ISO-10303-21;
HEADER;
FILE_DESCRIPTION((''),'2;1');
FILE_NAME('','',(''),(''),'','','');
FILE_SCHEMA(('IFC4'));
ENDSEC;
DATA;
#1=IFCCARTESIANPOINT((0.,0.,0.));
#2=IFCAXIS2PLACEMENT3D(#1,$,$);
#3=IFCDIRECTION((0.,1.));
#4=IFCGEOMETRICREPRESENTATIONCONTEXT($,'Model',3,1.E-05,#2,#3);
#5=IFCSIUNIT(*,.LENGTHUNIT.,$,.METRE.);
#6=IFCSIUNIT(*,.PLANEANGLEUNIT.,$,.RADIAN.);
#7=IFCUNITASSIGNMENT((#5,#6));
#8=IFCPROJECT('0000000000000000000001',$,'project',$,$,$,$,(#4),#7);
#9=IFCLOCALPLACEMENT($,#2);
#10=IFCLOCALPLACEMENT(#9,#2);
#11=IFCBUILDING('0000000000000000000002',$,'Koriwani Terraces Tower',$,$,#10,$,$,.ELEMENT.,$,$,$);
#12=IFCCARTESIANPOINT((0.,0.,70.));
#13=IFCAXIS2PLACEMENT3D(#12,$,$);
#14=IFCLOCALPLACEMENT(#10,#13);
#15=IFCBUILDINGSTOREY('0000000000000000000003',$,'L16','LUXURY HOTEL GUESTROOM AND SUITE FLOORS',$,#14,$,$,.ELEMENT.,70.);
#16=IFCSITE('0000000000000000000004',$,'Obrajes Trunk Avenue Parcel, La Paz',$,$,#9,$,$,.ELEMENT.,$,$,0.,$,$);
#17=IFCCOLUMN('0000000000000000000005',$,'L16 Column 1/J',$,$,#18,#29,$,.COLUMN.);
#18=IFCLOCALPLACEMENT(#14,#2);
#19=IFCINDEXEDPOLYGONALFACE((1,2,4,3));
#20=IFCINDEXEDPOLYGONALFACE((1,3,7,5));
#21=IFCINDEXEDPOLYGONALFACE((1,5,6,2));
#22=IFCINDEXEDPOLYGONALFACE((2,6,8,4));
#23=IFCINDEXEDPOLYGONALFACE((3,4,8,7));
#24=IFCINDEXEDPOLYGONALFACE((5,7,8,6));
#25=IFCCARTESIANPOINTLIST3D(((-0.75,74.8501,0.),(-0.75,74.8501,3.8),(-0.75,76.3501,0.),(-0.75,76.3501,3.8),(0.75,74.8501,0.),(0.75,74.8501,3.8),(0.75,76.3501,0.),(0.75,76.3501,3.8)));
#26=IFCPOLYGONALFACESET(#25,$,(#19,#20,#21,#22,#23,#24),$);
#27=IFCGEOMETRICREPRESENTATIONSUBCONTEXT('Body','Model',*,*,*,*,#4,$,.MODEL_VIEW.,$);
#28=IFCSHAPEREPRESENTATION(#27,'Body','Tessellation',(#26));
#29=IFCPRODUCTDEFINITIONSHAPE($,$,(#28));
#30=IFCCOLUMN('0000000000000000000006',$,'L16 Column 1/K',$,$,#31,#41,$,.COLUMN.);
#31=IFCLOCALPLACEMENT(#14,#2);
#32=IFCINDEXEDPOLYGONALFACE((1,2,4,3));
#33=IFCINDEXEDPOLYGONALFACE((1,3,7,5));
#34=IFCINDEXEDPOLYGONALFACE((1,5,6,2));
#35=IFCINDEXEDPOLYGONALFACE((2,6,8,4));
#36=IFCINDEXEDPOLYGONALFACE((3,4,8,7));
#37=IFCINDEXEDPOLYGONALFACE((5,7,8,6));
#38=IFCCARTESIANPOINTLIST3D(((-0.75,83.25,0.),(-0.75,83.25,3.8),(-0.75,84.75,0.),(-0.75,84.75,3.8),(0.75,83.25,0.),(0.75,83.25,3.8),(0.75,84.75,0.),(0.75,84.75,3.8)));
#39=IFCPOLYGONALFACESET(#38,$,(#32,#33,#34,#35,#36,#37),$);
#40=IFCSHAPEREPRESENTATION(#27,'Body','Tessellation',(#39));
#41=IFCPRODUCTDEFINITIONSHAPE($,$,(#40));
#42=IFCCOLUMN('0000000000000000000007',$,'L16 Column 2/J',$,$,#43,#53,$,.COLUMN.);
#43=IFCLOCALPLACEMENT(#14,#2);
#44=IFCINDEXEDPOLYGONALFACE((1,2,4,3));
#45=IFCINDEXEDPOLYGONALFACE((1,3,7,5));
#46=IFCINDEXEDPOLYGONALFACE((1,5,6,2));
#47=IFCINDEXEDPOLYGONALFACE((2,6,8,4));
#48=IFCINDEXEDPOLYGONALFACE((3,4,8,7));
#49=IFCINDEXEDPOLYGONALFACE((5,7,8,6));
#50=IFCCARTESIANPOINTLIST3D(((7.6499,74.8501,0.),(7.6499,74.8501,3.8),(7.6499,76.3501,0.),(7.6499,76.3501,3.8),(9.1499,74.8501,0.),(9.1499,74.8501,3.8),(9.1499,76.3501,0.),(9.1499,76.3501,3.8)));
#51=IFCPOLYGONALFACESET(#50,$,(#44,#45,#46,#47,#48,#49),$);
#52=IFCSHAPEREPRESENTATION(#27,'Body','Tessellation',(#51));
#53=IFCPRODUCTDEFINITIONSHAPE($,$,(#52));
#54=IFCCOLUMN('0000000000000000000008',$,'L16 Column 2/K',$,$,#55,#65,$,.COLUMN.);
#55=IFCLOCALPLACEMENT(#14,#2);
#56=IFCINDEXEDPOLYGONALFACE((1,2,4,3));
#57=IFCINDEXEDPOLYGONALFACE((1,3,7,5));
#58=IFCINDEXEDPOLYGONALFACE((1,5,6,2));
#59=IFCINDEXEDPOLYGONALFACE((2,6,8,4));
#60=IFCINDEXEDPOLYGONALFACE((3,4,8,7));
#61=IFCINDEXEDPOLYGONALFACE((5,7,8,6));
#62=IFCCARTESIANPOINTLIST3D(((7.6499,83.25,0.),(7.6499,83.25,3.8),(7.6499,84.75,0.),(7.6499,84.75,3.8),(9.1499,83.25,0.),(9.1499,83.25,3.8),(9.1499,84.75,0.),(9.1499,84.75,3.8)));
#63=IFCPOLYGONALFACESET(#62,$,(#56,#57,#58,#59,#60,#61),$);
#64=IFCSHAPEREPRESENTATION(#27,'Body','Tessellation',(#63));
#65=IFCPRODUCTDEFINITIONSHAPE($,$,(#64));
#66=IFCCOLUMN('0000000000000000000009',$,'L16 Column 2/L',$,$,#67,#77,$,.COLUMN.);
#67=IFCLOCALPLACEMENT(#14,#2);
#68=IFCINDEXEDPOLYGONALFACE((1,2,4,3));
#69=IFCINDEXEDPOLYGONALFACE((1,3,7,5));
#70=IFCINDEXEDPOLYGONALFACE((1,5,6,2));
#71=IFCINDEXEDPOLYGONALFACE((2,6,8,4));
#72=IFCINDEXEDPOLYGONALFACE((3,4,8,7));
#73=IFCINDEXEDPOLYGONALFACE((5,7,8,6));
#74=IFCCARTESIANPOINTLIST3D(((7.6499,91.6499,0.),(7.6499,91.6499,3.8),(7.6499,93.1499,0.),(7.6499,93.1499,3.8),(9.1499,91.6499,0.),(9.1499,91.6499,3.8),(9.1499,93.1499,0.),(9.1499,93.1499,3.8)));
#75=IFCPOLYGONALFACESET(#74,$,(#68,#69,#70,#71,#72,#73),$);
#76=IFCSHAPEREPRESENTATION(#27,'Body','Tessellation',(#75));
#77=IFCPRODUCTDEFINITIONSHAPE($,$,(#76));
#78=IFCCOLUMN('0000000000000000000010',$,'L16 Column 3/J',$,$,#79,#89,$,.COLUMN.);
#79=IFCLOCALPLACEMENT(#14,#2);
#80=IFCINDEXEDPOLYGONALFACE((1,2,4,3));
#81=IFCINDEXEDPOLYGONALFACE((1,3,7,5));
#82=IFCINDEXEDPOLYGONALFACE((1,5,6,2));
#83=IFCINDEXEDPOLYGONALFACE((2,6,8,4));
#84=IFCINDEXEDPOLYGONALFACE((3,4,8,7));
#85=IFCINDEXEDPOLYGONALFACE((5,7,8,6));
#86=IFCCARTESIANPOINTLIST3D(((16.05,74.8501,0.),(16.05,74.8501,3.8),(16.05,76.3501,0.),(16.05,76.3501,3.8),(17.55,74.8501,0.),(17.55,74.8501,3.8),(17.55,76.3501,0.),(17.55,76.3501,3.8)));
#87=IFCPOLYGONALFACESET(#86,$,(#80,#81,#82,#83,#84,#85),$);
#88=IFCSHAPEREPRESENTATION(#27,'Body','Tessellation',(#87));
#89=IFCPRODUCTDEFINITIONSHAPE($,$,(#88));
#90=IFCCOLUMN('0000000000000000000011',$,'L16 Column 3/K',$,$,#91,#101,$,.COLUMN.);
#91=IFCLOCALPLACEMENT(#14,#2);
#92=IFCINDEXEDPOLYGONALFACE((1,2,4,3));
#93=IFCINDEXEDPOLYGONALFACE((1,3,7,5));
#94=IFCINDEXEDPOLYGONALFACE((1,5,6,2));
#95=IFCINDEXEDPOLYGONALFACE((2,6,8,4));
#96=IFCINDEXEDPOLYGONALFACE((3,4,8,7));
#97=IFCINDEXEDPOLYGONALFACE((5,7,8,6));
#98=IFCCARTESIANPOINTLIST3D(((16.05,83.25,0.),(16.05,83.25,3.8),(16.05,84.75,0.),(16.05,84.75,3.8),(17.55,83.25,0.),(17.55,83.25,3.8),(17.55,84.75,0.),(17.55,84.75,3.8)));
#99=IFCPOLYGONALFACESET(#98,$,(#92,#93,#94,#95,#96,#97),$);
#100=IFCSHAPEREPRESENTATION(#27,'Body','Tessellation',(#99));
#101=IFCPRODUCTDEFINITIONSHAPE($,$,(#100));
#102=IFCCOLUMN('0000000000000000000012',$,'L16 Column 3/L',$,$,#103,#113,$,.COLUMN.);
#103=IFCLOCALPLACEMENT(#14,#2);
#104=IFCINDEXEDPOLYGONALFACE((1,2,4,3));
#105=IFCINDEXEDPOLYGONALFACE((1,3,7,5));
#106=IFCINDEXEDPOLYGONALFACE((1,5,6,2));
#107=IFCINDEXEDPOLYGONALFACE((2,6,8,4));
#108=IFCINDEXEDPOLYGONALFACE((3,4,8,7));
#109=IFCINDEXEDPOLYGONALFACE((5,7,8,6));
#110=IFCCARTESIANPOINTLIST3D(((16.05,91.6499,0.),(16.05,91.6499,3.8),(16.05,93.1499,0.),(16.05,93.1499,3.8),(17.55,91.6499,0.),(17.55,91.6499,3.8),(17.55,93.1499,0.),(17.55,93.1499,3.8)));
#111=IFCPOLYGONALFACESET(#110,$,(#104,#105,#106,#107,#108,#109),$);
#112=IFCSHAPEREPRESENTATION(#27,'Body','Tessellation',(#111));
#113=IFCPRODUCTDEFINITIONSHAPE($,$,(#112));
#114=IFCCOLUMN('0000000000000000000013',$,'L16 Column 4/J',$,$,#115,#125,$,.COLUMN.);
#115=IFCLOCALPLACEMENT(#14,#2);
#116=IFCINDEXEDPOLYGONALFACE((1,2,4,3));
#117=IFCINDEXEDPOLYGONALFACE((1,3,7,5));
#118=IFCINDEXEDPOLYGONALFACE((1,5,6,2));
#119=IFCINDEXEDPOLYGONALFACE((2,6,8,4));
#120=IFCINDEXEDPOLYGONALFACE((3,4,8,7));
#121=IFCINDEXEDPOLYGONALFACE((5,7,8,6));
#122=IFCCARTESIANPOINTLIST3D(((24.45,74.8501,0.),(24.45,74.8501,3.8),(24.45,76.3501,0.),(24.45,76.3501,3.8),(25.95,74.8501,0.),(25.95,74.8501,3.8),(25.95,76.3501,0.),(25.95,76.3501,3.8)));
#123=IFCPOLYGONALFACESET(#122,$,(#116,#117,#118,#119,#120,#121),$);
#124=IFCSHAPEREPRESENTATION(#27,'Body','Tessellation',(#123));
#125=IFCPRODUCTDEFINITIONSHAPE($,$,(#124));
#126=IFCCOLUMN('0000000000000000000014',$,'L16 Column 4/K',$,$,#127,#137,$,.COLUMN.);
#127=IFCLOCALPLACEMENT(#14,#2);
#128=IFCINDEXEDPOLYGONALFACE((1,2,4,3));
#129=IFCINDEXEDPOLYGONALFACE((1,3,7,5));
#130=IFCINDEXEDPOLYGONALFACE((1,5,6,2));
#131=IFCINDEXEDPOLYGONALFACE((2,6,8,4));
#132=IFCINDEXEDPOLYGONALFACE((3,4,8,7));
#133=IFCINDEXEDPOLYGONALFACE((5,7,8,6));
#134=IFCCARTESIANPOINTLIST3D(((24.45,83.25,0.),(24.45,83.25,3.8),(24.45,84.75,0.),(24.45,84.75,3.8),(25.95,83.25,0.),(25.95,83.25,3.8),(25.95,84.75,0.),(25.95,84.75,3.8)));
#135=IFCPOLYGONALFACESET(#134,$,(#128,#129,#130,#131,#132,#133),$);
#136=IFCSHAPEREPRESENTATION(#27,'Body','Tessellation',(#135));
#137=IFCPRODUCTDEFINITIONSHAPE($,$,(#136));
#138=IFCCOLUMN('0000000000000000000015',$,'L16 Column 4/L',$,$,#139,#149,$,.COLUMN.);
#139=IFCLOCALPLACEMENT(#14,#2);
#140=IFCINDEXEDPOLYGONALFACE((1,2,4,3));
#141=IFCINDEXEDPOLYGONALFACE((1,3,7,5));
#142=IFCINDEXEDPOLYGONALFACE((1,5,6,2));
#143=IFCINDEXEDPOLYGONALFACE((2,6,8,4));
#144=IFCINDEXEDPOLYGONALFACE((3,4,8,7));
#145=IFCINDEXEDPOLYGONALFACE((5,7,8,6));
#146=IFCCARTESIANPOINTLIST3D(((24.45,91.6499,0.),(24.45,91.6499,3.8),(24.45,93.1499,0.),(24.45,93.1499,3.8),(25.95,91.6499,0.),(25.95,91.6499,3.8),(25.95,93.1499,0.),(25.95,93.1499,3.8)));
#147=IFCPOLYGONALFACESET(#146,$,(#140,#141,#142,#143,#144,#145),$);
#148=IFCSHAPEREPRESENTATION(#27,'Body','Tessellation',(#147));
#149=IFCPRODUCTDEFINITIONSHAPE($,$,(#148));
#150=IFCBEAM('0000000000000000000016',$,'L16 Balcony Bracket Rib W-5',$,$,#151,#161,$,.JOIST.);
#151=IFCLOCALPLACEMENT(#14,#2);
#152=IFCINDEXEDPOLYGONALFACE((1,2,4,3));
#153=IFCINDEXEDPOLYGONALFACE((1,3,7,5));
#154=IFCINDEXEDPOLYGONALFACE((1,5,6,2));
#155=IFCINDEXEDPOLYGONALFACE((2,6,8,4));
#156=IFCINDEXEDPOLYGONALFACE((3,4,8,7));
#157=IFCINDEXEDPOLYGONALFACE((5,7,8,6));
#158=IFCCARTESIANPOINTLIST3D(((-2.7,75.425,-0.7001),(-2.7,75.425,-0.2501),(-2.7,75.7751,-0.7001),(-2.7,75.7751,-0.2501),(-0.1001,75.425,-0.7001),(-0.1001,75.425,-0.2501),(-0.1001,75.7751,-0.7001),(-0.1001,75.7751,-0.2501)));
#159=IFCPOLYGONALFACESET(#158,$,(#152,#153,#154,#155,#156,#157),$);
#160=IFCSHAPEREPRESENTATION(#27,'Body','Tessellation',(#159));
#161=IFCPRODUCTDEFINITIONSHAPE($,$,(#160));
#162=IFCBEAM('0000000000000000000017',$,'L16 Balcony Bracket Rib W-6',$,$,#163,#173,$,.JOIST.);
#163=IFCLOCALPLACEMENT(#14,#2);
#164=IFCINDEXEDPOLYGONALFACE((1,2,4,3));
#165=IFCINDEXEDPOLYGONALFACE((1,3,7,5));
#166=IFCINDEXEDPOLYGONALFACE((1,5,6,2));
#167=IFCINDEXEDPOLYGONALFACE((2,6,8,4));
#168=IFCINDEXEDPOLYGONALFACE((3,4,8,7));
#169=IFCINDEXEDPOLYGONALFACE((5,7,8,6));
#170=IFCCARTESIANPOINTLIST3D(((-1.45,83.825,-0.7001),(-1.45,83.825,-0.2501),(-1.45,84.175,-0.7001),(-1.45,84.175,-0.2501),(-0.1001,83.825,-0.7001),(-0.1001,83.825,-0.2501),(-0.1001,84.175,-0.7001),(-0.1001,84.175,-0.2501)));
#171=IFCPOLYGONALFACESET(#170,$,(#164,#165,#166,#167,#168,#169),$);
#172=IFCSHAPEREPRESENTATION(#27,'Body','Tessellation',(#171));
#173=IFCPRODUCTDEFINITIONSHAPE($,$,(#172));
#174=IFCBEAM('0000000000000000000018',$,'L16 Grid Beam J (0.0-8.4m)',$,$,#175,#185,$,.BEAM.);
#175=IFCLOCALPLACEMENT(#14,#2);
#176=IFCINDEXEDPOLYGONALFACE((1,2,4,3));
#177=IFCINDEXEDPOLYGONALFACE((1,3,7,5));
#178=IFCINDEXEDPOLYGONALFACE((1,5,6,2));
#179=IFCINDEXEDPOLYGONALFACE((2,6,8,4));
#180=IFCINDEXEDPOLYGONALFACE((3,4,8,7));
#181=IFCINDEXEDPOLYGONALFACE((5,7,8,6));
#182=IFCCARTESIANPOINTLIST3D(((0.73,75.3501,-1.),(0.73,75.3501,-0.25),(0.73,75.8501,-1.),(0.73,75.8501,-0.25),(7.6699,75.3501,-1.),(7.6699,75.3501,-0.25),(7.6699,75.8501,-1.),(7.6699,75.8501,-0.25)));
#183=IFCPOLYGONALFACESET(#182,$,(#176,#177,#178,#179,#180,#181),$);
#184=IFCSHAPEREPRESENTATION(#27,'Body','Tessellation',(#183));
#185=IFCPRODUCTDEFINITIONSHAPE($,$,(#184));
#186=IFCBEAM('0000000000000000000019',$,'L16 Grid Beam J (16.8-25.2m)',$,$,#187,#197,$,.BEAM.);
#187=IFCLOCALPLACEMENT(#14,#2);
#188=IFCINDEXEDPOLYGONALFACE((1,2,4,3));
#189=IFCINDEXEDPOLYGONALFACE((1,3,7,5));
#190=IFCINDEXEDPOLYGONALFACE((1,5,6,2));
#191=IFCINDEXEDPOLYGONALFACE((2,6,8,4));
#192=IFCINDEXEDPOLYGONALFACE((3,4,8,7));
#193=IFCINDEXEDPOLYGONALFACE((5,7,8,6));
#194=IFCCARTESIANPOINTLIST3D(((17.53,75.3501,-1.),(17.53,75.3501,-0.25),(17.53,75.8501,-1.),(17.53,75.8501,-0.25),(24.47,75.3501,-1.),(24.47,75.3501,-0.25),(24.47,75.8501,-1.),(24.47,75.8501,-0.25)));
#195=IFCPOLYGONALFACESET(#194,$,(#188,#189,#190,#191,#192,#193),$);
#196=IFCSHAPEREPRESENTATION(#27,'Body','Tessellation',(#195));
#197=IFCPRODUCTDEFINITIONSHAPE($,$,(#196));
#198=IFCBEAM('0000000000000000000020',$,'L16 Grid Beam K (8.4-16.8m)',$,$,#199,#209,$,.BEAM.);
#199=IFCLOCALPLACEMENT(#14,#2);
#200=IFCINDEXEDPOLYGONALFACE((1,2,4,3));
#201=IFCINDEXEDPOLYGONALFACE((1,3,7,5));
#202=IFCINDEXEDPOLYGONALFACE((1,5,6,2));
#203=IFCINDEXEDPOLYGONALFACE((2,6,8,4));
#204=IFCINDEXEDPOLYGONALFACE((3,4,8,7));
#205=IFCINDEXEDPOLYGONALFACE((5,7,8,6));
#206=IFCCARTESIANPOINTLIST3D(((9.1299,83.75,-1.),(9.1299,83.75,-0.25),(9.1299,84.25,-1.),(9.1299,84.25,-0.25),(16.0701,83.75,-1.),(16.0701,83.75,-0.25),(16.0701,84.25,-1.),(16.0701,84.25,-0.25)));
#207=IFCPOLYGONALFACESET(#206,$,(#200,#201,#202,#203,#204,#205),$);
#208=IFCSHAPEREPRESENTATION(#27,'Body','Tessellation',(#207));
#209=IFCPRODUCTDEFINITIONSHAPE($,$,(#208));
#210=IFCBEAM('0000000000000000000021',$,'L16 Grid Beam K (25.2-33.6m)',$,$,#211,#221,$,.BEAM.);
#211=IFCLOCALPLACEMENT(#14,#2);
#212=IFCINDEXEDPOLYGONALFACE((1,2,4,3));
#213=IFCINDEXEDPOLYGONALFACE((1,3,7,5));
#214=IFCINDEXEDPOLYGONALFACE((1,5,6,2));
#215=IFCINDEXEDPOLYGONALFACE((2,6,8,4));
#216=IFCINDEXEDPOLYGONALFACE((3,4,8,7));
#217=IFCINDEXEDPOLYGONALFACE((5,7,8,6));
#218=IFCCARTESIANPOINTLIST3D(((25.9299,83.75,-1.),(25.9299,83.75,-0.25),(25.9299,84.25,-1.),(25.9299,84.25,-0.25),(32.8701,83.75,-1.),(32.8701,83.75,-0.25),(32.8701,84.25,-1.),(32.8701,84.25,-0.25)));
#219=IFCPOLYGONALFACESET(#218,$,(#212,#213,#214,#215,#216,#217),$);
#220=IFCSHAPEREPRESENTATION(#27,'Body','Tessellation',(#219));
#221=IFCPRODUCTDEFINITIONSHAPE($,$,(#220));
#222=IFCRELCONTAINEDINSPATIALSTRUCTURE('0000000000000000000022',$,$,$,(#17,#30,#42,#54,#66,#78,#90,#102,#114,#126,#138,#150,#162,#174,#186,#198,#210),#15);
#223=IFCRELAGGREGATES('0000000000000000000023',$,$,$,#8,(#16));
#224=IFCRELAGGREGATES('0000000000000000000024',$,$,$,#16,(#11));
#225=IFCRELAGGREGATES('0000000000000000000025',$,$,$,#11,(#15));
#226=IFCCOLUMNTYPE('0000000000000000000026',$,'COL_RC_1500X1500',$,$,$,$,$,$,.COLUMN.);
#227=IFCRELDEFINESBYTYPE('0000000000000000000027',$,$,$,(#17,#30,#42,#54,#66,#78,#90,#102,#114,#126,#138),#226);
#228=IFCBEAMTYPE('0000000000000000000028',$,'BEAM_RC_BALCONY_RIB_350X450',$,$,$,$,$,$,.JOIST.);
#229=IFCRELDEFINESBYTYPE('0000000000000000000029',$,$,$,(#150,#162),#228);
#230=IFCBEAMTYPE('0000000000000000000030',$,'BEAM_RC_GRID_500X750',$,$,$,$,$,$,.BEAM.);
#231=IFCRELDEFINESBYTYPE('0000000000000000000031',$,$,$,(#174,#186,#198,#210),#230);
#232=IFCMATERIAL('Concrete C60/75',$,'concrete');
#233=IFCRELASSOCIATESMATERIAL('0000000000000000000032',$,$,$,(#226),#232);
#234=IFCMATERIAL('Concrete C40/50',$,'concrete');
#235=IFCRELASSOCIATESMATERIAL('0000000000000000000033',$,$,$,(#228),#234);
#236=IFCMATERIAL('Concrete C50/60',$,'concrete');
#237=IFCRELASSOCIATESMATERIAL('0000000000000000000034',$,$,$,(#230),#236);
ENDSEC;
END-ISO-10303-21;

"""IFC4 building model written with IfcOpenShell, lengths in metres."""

from ifc_helpers import new_model, si_unit, direction, frame, origin, origin_2d, place, context, subcontext, project, spatial, rectangle, extrude, material, material_profile, profile_set, type_object, element, save


model = new_model("IFC4")

# Units and contexts
model_context = context("Model", 3, precision=1e-05, world=origin(), true_north=direction((0.0, 1.0)))
body_context = subcontext(model_context, "Body", "Model", "MODEL_VIEW")
ifc_project = project(units=[si_unit("LENGTHUNIT", "METRE"), si_unit("PLANEANGLEUNIT", "RADIAN")], contexts=[model_context])

# Site, building, storey
site_placement = place(None, origin())
site = spatial("IfcSite", under=ifc_project, at=site_placement, Name="Obrajes Trunk Avenue Parcel, La Paz", CompositionType="ELEMENT", RefElevation=0.0)
building_placement = place(site_placement, origin())
building = spatial("IfcBuilding", under=site, at=building_placement, Name="Koriwani Terraces Tower", CompositionType="ELEMENT")
storey_placement = place(building_placement, frame((0.0, 0.0, 70.0)))
storey = spatial("IfcBuildingStorey", under=building, at=storey_placement, Name="L16", Description="LUXURY HOTEL GUESTROOM AND SUITE FLOORS", CompositionType="ELEMENT", Elevation=70.0)

# Columns
ifc_material_1 = material(Name="Concrete C60/75", Category="concrete")
ifc_material_profile_1 = material_profile(ifc_material_1, rectangle(XDim=1.5, YDim=1.5, at=origin_2d()), Name="Concrete C60/75", Category="LoadBearing")
ifc_profile_set_1 = profile_set([ifc_material_profile_1], Name="Concrete C60/75")
column_type = type_object("IfcColumnType", Name="COL_RC_1500X1500", PredefinedType="COLUMN", material=ifc_profile_set_1)
for number, where, z_axis, x_axis, name in (
    (1, (0.0, 75.6001, 0.0), (0.0, 0.0, 1.0), (1.0, 0.0, 0.0), "L16 Column 1/J"),
    (2, (0.0, 84.0, 0.0), (0.0, 0.0, 1.0), (1.0, 0.0, 0.0), "L16 Column 1/K"),
    (3, (8.3999, 75.6001, 0.0), (0.0, 0.0, 1.0), (1.0, 0.0, 0.0), "L16 Column 2/J"),
    (4, (8.3999, 84.0, 0.0), (0.0, 0.0, 1.0), (1.0, 0.0, 0.0), "L16 Column 2/K"),
    (5, (8.3999, 92.3999, 0.0), (0.0, 0.0, 1.0), (1.0, 0.0, 0.0), "L16 Column 2/L"),
    (6, (16.8, 75.6001, 0.0), (0.0, 0.0, 1.0), (1.0, 0.0, 0.0), "L16 Column 3/J"),
    (7, (16.8, 84.0, 0.0), (0.0, 0.0, 1.0), (1.0, 0.0, 0.0), "L16 Column 3/K"),
    (8, (16.8, 92.3999, 0.0), (0.0, 0.0, 1.0), (1.0, 0.0, 0.0), "L16 Column 3/L"),
    (9, (25.2, 75.6001, 0.0), (0.0, 0.0, 1.0), (1.0, 0.0, 0.0), "L16 Column 4/J"),
    (10, (25.2, 84.0, 0.0), (0.0, 0.0, 1.0), (1.0, 0.0, 0.0), "L16 Column 4/K"),
    (11, (25.2, 92.3999, 0.0), (0.0, 0.0, 1.0), (1.0, 0.0, 0.0), "L16 Column 4/L"),
):
    element("IfcColumn", number, at=place(storey_placement, frame(where, z_axis=z_axis, x_axis=x_axis)), inside=storey, type_object=column_type, Name=name, PredefinedType="COLUMN", context=body_context, shape_type="SweptSolid", body=[
        extrude(rectangle(XDim=1.5, YDim=1.5, at=origin_2d()), origin(), (0.0, 0.0, 1.0), 3.8),
    ])

# Beams
ifc_material_2 = material(Name="Concrete C40/50", Category="concrete")
ifc_material_profile_2 = material_profile(ifc_material_2, rectangle(XDim=0.3501, YDim=0.45, at=origin_2d()), Name="Concrete C40/50", Category="LoadBearing")
ifc_profile_set_2 = profile_set([ifc_material_profile_2], Name="Concrete C40/50")
beam_type_1 = type_object("IfcBeamType", Name="BEAM_RC_BALCONY_RIB_350X450", PredefinedType="JOIST", material=ifc_profile_set_2)
beam_1_placement = place(storey_placement, frame((-2.7, 75.6001, -0.4751), z_axis=(1.0, 0.0, 0.0), x_axis=(0.0, 1.0, 0.0)))
element("IfcBeam", 12, at=beam_1_placement, inside=storey, type_object=beam_type_1, Name="L16 Balcony Bracket Rib W-5", PredefinedType="JOIST", context=body_context, shape_type="SweptSolid", body=[
    extrude(rectangle(XDim=0.3501, YDim=0.45, at=origin_2d()), origin(), (0.0, 0.0, 1.0), 2.5999),
])
beam_2_placement = place(storey_placement, frame((-1.45, 84.0, -0.4751), z_axis=(1.0, 0.0, 0.0), x_axis=(0.0, 1.0, 0.0)))
element("IfcBeam", 13, at=beam_2_placement, inside=storey, type_object=beam_type_1, Name="L16 Balcony Bracket Rib W-6", PredefinedType="JOIST", context=body_context, shape_type="SweptSolid", body=[
    extrude(rectangle(XDim=0.3501, YDim=0.45, at=origin_2d()), origin(), (0.0, 0.0, 1.0), 1.3499),
])
ifc_material_3 = material(Name="Concrete C50/60", Category="concrete")
ifc_material_profile_3 = material_profile(ifc_material_3, rectangle(XDim=0.5, YDim=0.75, at=origin_2d()), Name="Concrete C50/60", Category="LoadBearing")
ifc_profile_set_3 = profile_set([ifc_material_profile_3], Name="Concrete C50/60")
beam_type_2 = type_object("IfcBeamType", Name="BEAM_RC_GRID_500X750", PredefinedType="BEAM", material=ifc_profile_set_3)
for number, where, z_axis, x_axis, name in (
    (14, (0.73, 75.6001, -0.625), (1.0, 0.0, 0.0), (0.0, 1.0, 0.0), "L16 Grid Beam J (0.0-8.4m)"),
    (15, (17.53, 75.6001, -0.625), (1.0, 0.0, 0.0), (0.0, 1.0, 0.0), "L16 Grid Beam J (16.8-25.2m)"),
):
    element("IfcBeam", number, at=place(storey_placement, frame(where, z_axis=z_axis, x_axis=x_axis)), inside=storey, type_object=beam_type_2, Name=name, PredefinedType="BEAM", context=body_context, shape_type="SweptSolid", body=[
        extrude(rectangle(XDim=0.5, YDim=0.75, at=origin_2d()), origin(), (0.0, 0.0, 1.0), 6.9399),
    ])
for number, where, z_axis, x_axis, name in (
    (16, (9.1299, 84.0, -0.625), (1.0, 0.0, 0.0), (0.0, 1.0, 0.0), "L16 Grid Beam K (8.4-16.8m)"),
    (17, (25.9299, 84.0, -0.625), (1.0, 0.0, 0.0), (0.0, 1.0, 0.0), "L16 Grid Beam K (25.2-33.6m)"),
):
    element("IfcBeam", number, at=place(storey_placement, frame(where, z_axis=z_axis, x_axis=x_axis)), inside=storey, type_object=beam_type_2, Name=name, PredefinedType="BEAM", context=body_context, shape_type="SweptSolid", body=[
        extrude(rectangle(XDim=0.5, YDim=0.75, at=origin_2d()), origin(), (0.0, 0.0, 1.0), 6.9402),
    ])

save(model, "model.ifc")
